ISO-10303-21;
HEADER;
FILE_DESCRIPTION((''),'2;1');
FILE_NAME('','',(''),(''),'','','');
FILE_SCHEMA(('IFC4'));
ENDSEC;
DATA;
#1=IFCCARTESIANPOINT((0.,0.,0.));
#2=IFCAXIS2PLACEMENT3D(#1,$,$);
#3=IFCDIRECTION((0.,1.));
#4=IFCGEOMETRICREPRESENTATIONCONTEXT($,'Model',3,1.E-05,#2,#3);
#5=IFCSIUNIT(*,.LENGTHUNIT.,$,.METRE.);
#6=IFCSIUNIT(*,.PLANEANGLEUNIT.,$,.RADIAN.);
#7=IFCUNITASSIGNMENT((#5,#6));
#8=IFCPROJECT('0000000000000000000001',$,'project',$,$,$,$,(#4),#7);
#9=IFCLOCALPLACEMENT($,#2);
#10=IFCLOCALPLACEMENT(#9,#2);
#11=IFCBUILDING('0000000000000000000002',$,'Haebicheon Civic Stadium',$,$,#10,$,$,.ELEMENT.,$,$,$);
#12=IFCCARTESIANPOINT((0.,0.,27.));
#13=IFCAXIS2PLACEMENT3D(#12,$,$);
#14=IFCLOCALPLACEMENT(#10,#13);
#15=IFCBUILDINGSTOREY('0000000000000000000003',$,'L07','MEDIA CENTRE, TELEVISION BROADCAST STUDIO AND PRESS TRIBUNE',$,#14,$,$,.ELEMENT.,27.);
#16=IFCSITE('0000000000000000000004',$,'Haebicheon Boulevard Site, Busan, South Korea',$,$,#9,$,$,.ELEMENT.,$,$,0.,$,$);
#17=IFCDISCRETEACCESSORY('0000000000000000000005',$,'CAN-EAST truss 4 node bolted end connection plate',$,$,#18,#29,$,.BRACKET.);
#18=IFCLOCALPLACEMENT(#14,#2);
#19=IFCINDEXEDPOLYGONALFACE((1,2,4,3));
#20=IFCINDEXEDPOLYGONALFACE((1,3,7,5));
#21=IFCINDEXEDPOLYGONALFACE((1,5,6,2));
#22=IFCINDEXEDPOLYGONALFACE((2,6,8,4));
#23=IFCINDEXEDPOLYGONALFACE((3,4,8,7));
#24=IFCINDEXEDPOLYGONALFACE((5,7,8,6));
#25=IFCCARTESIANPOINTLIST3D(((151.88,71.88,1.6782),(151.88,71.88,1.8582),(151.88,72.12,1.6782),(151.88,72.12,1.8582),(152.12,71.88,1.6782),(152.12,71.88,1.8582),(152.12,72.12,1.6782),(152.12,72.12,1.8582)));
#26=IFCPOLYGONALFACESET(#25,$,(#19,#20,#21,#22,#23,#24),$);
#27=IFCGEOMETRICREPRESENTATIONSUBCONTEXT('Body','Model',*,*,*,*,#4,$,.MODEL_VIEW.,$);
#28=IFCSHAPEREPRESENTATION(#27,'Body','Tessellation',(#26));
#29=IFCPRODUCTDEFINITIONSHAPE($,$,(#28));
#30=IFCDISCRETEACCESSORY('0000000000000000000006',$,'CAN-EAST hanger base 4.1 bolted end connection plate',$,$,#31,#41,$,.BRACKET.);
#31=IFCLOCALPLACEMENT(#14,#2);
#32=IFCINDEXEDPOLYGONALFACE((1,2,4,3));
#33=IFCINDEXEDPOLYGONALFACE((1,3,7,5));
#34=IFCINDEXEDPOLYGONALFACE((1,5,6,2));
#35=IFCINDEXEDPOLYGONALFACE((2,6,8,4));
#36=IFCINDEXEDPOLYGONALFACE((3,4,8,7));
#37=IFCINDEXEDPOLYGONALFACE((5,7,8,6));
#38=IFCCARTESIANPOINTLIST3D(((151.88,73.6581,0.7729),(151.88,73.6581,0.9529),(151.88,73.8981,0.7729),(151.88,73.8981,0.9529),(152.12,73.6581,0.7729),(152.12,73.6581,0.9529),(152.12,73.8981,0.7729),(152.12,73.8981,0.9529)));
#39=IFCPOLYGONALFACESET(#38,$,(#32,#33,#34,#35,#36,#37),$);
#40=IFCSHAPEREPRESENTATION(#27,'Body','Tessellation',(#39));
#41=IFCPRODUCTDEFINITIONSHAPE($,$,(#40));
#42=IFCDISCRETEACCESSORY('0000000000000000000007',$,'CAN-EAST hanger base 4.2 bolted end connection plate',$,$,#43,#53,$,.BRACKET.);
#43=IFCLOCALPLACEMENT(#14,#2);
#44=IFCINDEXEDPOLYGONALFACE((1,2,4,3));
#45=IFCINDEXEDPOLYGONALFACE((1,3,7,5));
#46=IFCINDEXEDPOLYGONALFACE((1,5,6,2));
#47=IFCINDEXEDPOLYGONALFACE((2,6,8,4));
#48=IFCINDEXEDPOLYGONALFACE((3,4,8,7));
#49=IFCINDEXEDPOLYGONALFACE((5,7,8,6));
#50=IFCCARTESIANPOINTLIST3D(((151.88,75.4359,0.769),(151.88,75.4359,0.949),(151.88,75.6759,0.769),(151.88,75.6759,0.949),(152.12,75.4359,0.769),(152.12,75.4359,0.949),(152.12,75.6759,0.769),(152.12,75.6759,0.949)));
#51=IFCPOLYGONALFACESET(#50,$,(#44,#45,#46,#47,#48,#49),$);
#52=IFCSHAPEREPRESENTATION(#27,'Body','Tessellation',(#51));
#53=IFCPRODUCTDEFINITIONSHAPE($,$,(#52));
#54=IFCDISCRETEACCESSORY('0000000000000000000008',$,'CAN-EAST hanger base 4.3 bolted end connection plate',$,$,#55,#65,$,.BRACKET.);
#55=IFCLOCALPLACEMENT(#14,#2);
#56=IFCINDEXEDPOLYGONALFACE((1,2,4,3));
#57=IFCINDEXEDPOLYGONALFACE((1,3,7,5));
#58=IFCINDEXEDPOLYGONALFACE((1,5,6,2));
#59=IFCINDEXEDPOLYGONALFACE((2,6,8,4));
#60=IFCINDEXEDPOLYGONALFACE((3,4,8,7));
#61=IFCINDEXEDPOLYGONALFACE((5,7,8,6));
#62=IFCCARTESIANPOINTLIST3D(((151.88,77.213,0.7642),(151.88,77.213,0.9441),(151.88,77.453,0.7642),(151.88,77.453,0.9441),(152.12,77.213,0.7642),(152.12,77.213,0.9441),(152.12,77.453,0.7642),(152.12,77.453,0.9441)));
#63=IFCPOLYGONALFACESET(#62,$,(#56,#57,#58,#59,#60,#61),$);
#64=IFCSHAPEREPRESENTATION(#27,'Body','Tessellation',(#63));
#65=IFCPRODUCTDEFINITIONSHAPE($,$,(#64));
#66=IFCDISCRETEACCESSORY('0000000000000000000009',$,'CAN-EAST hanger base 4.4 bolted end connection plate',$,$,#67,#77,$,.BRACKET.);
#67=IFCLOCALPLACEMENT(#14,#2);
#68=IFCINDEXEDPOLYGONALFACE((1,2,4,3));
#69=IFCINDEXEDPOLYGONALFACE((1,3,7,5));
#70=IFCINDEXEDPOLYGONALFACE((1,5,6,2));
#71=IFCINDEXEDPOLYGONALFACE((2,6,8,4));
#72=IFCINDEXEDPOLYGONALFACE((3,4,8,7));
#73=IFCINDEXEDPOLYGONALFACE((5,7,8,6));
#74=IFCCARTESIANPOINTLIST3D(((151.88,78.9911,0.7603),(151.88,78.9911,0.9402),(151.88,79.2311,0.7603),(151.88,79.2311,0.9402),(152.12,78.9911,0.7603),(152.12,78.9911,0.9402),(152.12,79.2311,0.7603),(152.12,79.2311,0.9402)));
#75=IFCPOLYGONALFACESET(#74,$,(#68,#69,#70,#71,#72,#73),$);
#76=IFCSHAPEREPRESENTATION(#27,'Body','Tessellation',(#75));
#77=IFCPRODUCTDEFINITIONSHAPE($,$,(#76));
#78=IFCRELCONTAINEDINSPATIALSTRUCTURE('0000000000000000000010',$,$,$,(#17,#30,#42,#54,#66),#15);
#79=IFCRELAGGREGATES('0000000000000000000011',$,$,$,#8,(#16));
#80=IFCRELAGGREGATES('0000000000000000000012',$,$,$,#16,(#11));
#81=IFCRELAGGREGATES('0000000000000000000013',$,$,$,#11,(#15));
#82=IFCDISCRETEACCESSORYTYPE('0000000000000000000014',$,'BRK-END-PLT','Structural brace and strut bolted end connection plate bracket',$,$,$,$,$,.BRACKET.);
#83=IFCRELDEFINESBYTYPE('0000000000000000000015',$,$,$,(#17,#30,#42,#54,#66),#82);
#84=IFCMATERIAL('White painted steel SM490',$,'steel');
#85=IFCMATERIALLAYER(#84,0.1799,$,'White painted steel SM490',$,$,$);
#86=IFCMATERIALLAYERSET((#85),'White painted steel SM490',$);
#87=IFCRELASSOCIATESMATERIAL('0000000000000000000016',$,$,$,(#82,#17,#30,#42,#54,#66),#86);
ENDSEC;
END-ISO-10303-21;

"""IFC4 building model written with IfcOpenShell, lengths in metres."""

from ifc_helpers import new_model, si_unit, direction, frame, origin, origin_2d, place, context, subcontext, project, spatial, rectangle, extrude, material, layer, layer_set, type_object, element, save


model = new_model("IFC4")

# Units and contexts
model_context = context("Model", 3, precision=1e-05, world=origin(), true_north=direction((0.0, 1.0)))
body_context = subcontext(model_context, "Body", "Model", "MODEL_VIEW")
ifc_project = project(units=[si_unit("LENGTHUNIT", "METRE"), si_unit("PLANEANGLEUNIT", "RADIAN")], contexts=[model_context])

# Site, building, storey
site_placement = place(None, origin())
site = spatial("IfcSite", under=ifc_project, at=site_placement, Name="Haebicheon Boulevard Site, Busan, South Korea", CompositionType="ELEMENT", RefElevation=0.0)
building_placement = place(site_placement, origin())
building = spatial("IfcBuilding", under=site, at=building_placement, Name="Haebicheon Civic Stadium", CompositionType="ELEMENT")
storey_placement = place(building_placement, frame((0.0, 0.0, 27.0)))
storey = spatial("IfcBuildingStorey", under=building, at=storey_placement, Name="L07", Description="MEDIA CENTRE, TELEVISION BROADCAST STUDIO AND PRESS TRIBUNE", CompositionType="ELEMENT", Elevation=27.0)

# Discrete accessories
ifc_material_1 = material(Name="White painted steel SM490", Category="steel")
ifc_layer_1 = layer(ifc_material_1, 0.1799, Name="White painted steel SM490")
ifc_layer_set_1 = layer_set([ifc_layer_1], Name="White painted steel SM490")
discrete_accessory_type = type_object("IfcDiscreteAccessoryType", Name="BRK-END-PLT", Description="Structural brace and strut bolted end connection plate bracket", PredefinedType="BRACKET", material=ifc_layer_set_1)
for number, where, z_axis, x_axis, name in (
    (1, (152.0, 72.0, 1.6782), (0.0, 0.0, 1.0), (1.0, 0.0, 0.0), "CAN-EAST truss 4 node bolted end connection plate"),
    (2, (152.0, 73.7781, 0.7729), (0.0, 0.0, 1.0), (1.0, 0.0, 0.0), "CAN-EAST hanger base 4.1 bolted end connection plate"),
    (3, (152.0, 75.5559, 0.769), (0.0, 0.0, 1.0), (1.0, 0.0, 0.0), "CAN-EAST hanger base 4.2 bolted end connection plate"),
    (4, (152.0, 77.333, 0.7642), (0.0, 0.0, 1.0), (1.0, 0.0, 0.0), "CAN-EAST hanger base 4.3 bolted end connection plate"),
    (5, (152.0, 79.1111, 0.7603), (0.0, 0.0, 1.0), (1.0, 0.0, 0.0), "CAN-EAST hanger base 4.4 bolted end connection plate"),
):
    element("IfcDiscreteAccessory", number, at=place(storey_placement, frame(where, z_axis=z_axis, x_axis=x_axis)), inside=storey, type_object=discrete_accessory_type, material=ifc_layer_set_1, Name=name, PredefinedType="BRACKET", context=body_context, shape_type="SweptSolid", body=[
        extrude(rectangle(XDim=0.24, YDim=0.24, at=origin_2d()), origin(), (0.0, 0.0, 1.0), 0.1799),
    ])

save(model, "model.ifc")
